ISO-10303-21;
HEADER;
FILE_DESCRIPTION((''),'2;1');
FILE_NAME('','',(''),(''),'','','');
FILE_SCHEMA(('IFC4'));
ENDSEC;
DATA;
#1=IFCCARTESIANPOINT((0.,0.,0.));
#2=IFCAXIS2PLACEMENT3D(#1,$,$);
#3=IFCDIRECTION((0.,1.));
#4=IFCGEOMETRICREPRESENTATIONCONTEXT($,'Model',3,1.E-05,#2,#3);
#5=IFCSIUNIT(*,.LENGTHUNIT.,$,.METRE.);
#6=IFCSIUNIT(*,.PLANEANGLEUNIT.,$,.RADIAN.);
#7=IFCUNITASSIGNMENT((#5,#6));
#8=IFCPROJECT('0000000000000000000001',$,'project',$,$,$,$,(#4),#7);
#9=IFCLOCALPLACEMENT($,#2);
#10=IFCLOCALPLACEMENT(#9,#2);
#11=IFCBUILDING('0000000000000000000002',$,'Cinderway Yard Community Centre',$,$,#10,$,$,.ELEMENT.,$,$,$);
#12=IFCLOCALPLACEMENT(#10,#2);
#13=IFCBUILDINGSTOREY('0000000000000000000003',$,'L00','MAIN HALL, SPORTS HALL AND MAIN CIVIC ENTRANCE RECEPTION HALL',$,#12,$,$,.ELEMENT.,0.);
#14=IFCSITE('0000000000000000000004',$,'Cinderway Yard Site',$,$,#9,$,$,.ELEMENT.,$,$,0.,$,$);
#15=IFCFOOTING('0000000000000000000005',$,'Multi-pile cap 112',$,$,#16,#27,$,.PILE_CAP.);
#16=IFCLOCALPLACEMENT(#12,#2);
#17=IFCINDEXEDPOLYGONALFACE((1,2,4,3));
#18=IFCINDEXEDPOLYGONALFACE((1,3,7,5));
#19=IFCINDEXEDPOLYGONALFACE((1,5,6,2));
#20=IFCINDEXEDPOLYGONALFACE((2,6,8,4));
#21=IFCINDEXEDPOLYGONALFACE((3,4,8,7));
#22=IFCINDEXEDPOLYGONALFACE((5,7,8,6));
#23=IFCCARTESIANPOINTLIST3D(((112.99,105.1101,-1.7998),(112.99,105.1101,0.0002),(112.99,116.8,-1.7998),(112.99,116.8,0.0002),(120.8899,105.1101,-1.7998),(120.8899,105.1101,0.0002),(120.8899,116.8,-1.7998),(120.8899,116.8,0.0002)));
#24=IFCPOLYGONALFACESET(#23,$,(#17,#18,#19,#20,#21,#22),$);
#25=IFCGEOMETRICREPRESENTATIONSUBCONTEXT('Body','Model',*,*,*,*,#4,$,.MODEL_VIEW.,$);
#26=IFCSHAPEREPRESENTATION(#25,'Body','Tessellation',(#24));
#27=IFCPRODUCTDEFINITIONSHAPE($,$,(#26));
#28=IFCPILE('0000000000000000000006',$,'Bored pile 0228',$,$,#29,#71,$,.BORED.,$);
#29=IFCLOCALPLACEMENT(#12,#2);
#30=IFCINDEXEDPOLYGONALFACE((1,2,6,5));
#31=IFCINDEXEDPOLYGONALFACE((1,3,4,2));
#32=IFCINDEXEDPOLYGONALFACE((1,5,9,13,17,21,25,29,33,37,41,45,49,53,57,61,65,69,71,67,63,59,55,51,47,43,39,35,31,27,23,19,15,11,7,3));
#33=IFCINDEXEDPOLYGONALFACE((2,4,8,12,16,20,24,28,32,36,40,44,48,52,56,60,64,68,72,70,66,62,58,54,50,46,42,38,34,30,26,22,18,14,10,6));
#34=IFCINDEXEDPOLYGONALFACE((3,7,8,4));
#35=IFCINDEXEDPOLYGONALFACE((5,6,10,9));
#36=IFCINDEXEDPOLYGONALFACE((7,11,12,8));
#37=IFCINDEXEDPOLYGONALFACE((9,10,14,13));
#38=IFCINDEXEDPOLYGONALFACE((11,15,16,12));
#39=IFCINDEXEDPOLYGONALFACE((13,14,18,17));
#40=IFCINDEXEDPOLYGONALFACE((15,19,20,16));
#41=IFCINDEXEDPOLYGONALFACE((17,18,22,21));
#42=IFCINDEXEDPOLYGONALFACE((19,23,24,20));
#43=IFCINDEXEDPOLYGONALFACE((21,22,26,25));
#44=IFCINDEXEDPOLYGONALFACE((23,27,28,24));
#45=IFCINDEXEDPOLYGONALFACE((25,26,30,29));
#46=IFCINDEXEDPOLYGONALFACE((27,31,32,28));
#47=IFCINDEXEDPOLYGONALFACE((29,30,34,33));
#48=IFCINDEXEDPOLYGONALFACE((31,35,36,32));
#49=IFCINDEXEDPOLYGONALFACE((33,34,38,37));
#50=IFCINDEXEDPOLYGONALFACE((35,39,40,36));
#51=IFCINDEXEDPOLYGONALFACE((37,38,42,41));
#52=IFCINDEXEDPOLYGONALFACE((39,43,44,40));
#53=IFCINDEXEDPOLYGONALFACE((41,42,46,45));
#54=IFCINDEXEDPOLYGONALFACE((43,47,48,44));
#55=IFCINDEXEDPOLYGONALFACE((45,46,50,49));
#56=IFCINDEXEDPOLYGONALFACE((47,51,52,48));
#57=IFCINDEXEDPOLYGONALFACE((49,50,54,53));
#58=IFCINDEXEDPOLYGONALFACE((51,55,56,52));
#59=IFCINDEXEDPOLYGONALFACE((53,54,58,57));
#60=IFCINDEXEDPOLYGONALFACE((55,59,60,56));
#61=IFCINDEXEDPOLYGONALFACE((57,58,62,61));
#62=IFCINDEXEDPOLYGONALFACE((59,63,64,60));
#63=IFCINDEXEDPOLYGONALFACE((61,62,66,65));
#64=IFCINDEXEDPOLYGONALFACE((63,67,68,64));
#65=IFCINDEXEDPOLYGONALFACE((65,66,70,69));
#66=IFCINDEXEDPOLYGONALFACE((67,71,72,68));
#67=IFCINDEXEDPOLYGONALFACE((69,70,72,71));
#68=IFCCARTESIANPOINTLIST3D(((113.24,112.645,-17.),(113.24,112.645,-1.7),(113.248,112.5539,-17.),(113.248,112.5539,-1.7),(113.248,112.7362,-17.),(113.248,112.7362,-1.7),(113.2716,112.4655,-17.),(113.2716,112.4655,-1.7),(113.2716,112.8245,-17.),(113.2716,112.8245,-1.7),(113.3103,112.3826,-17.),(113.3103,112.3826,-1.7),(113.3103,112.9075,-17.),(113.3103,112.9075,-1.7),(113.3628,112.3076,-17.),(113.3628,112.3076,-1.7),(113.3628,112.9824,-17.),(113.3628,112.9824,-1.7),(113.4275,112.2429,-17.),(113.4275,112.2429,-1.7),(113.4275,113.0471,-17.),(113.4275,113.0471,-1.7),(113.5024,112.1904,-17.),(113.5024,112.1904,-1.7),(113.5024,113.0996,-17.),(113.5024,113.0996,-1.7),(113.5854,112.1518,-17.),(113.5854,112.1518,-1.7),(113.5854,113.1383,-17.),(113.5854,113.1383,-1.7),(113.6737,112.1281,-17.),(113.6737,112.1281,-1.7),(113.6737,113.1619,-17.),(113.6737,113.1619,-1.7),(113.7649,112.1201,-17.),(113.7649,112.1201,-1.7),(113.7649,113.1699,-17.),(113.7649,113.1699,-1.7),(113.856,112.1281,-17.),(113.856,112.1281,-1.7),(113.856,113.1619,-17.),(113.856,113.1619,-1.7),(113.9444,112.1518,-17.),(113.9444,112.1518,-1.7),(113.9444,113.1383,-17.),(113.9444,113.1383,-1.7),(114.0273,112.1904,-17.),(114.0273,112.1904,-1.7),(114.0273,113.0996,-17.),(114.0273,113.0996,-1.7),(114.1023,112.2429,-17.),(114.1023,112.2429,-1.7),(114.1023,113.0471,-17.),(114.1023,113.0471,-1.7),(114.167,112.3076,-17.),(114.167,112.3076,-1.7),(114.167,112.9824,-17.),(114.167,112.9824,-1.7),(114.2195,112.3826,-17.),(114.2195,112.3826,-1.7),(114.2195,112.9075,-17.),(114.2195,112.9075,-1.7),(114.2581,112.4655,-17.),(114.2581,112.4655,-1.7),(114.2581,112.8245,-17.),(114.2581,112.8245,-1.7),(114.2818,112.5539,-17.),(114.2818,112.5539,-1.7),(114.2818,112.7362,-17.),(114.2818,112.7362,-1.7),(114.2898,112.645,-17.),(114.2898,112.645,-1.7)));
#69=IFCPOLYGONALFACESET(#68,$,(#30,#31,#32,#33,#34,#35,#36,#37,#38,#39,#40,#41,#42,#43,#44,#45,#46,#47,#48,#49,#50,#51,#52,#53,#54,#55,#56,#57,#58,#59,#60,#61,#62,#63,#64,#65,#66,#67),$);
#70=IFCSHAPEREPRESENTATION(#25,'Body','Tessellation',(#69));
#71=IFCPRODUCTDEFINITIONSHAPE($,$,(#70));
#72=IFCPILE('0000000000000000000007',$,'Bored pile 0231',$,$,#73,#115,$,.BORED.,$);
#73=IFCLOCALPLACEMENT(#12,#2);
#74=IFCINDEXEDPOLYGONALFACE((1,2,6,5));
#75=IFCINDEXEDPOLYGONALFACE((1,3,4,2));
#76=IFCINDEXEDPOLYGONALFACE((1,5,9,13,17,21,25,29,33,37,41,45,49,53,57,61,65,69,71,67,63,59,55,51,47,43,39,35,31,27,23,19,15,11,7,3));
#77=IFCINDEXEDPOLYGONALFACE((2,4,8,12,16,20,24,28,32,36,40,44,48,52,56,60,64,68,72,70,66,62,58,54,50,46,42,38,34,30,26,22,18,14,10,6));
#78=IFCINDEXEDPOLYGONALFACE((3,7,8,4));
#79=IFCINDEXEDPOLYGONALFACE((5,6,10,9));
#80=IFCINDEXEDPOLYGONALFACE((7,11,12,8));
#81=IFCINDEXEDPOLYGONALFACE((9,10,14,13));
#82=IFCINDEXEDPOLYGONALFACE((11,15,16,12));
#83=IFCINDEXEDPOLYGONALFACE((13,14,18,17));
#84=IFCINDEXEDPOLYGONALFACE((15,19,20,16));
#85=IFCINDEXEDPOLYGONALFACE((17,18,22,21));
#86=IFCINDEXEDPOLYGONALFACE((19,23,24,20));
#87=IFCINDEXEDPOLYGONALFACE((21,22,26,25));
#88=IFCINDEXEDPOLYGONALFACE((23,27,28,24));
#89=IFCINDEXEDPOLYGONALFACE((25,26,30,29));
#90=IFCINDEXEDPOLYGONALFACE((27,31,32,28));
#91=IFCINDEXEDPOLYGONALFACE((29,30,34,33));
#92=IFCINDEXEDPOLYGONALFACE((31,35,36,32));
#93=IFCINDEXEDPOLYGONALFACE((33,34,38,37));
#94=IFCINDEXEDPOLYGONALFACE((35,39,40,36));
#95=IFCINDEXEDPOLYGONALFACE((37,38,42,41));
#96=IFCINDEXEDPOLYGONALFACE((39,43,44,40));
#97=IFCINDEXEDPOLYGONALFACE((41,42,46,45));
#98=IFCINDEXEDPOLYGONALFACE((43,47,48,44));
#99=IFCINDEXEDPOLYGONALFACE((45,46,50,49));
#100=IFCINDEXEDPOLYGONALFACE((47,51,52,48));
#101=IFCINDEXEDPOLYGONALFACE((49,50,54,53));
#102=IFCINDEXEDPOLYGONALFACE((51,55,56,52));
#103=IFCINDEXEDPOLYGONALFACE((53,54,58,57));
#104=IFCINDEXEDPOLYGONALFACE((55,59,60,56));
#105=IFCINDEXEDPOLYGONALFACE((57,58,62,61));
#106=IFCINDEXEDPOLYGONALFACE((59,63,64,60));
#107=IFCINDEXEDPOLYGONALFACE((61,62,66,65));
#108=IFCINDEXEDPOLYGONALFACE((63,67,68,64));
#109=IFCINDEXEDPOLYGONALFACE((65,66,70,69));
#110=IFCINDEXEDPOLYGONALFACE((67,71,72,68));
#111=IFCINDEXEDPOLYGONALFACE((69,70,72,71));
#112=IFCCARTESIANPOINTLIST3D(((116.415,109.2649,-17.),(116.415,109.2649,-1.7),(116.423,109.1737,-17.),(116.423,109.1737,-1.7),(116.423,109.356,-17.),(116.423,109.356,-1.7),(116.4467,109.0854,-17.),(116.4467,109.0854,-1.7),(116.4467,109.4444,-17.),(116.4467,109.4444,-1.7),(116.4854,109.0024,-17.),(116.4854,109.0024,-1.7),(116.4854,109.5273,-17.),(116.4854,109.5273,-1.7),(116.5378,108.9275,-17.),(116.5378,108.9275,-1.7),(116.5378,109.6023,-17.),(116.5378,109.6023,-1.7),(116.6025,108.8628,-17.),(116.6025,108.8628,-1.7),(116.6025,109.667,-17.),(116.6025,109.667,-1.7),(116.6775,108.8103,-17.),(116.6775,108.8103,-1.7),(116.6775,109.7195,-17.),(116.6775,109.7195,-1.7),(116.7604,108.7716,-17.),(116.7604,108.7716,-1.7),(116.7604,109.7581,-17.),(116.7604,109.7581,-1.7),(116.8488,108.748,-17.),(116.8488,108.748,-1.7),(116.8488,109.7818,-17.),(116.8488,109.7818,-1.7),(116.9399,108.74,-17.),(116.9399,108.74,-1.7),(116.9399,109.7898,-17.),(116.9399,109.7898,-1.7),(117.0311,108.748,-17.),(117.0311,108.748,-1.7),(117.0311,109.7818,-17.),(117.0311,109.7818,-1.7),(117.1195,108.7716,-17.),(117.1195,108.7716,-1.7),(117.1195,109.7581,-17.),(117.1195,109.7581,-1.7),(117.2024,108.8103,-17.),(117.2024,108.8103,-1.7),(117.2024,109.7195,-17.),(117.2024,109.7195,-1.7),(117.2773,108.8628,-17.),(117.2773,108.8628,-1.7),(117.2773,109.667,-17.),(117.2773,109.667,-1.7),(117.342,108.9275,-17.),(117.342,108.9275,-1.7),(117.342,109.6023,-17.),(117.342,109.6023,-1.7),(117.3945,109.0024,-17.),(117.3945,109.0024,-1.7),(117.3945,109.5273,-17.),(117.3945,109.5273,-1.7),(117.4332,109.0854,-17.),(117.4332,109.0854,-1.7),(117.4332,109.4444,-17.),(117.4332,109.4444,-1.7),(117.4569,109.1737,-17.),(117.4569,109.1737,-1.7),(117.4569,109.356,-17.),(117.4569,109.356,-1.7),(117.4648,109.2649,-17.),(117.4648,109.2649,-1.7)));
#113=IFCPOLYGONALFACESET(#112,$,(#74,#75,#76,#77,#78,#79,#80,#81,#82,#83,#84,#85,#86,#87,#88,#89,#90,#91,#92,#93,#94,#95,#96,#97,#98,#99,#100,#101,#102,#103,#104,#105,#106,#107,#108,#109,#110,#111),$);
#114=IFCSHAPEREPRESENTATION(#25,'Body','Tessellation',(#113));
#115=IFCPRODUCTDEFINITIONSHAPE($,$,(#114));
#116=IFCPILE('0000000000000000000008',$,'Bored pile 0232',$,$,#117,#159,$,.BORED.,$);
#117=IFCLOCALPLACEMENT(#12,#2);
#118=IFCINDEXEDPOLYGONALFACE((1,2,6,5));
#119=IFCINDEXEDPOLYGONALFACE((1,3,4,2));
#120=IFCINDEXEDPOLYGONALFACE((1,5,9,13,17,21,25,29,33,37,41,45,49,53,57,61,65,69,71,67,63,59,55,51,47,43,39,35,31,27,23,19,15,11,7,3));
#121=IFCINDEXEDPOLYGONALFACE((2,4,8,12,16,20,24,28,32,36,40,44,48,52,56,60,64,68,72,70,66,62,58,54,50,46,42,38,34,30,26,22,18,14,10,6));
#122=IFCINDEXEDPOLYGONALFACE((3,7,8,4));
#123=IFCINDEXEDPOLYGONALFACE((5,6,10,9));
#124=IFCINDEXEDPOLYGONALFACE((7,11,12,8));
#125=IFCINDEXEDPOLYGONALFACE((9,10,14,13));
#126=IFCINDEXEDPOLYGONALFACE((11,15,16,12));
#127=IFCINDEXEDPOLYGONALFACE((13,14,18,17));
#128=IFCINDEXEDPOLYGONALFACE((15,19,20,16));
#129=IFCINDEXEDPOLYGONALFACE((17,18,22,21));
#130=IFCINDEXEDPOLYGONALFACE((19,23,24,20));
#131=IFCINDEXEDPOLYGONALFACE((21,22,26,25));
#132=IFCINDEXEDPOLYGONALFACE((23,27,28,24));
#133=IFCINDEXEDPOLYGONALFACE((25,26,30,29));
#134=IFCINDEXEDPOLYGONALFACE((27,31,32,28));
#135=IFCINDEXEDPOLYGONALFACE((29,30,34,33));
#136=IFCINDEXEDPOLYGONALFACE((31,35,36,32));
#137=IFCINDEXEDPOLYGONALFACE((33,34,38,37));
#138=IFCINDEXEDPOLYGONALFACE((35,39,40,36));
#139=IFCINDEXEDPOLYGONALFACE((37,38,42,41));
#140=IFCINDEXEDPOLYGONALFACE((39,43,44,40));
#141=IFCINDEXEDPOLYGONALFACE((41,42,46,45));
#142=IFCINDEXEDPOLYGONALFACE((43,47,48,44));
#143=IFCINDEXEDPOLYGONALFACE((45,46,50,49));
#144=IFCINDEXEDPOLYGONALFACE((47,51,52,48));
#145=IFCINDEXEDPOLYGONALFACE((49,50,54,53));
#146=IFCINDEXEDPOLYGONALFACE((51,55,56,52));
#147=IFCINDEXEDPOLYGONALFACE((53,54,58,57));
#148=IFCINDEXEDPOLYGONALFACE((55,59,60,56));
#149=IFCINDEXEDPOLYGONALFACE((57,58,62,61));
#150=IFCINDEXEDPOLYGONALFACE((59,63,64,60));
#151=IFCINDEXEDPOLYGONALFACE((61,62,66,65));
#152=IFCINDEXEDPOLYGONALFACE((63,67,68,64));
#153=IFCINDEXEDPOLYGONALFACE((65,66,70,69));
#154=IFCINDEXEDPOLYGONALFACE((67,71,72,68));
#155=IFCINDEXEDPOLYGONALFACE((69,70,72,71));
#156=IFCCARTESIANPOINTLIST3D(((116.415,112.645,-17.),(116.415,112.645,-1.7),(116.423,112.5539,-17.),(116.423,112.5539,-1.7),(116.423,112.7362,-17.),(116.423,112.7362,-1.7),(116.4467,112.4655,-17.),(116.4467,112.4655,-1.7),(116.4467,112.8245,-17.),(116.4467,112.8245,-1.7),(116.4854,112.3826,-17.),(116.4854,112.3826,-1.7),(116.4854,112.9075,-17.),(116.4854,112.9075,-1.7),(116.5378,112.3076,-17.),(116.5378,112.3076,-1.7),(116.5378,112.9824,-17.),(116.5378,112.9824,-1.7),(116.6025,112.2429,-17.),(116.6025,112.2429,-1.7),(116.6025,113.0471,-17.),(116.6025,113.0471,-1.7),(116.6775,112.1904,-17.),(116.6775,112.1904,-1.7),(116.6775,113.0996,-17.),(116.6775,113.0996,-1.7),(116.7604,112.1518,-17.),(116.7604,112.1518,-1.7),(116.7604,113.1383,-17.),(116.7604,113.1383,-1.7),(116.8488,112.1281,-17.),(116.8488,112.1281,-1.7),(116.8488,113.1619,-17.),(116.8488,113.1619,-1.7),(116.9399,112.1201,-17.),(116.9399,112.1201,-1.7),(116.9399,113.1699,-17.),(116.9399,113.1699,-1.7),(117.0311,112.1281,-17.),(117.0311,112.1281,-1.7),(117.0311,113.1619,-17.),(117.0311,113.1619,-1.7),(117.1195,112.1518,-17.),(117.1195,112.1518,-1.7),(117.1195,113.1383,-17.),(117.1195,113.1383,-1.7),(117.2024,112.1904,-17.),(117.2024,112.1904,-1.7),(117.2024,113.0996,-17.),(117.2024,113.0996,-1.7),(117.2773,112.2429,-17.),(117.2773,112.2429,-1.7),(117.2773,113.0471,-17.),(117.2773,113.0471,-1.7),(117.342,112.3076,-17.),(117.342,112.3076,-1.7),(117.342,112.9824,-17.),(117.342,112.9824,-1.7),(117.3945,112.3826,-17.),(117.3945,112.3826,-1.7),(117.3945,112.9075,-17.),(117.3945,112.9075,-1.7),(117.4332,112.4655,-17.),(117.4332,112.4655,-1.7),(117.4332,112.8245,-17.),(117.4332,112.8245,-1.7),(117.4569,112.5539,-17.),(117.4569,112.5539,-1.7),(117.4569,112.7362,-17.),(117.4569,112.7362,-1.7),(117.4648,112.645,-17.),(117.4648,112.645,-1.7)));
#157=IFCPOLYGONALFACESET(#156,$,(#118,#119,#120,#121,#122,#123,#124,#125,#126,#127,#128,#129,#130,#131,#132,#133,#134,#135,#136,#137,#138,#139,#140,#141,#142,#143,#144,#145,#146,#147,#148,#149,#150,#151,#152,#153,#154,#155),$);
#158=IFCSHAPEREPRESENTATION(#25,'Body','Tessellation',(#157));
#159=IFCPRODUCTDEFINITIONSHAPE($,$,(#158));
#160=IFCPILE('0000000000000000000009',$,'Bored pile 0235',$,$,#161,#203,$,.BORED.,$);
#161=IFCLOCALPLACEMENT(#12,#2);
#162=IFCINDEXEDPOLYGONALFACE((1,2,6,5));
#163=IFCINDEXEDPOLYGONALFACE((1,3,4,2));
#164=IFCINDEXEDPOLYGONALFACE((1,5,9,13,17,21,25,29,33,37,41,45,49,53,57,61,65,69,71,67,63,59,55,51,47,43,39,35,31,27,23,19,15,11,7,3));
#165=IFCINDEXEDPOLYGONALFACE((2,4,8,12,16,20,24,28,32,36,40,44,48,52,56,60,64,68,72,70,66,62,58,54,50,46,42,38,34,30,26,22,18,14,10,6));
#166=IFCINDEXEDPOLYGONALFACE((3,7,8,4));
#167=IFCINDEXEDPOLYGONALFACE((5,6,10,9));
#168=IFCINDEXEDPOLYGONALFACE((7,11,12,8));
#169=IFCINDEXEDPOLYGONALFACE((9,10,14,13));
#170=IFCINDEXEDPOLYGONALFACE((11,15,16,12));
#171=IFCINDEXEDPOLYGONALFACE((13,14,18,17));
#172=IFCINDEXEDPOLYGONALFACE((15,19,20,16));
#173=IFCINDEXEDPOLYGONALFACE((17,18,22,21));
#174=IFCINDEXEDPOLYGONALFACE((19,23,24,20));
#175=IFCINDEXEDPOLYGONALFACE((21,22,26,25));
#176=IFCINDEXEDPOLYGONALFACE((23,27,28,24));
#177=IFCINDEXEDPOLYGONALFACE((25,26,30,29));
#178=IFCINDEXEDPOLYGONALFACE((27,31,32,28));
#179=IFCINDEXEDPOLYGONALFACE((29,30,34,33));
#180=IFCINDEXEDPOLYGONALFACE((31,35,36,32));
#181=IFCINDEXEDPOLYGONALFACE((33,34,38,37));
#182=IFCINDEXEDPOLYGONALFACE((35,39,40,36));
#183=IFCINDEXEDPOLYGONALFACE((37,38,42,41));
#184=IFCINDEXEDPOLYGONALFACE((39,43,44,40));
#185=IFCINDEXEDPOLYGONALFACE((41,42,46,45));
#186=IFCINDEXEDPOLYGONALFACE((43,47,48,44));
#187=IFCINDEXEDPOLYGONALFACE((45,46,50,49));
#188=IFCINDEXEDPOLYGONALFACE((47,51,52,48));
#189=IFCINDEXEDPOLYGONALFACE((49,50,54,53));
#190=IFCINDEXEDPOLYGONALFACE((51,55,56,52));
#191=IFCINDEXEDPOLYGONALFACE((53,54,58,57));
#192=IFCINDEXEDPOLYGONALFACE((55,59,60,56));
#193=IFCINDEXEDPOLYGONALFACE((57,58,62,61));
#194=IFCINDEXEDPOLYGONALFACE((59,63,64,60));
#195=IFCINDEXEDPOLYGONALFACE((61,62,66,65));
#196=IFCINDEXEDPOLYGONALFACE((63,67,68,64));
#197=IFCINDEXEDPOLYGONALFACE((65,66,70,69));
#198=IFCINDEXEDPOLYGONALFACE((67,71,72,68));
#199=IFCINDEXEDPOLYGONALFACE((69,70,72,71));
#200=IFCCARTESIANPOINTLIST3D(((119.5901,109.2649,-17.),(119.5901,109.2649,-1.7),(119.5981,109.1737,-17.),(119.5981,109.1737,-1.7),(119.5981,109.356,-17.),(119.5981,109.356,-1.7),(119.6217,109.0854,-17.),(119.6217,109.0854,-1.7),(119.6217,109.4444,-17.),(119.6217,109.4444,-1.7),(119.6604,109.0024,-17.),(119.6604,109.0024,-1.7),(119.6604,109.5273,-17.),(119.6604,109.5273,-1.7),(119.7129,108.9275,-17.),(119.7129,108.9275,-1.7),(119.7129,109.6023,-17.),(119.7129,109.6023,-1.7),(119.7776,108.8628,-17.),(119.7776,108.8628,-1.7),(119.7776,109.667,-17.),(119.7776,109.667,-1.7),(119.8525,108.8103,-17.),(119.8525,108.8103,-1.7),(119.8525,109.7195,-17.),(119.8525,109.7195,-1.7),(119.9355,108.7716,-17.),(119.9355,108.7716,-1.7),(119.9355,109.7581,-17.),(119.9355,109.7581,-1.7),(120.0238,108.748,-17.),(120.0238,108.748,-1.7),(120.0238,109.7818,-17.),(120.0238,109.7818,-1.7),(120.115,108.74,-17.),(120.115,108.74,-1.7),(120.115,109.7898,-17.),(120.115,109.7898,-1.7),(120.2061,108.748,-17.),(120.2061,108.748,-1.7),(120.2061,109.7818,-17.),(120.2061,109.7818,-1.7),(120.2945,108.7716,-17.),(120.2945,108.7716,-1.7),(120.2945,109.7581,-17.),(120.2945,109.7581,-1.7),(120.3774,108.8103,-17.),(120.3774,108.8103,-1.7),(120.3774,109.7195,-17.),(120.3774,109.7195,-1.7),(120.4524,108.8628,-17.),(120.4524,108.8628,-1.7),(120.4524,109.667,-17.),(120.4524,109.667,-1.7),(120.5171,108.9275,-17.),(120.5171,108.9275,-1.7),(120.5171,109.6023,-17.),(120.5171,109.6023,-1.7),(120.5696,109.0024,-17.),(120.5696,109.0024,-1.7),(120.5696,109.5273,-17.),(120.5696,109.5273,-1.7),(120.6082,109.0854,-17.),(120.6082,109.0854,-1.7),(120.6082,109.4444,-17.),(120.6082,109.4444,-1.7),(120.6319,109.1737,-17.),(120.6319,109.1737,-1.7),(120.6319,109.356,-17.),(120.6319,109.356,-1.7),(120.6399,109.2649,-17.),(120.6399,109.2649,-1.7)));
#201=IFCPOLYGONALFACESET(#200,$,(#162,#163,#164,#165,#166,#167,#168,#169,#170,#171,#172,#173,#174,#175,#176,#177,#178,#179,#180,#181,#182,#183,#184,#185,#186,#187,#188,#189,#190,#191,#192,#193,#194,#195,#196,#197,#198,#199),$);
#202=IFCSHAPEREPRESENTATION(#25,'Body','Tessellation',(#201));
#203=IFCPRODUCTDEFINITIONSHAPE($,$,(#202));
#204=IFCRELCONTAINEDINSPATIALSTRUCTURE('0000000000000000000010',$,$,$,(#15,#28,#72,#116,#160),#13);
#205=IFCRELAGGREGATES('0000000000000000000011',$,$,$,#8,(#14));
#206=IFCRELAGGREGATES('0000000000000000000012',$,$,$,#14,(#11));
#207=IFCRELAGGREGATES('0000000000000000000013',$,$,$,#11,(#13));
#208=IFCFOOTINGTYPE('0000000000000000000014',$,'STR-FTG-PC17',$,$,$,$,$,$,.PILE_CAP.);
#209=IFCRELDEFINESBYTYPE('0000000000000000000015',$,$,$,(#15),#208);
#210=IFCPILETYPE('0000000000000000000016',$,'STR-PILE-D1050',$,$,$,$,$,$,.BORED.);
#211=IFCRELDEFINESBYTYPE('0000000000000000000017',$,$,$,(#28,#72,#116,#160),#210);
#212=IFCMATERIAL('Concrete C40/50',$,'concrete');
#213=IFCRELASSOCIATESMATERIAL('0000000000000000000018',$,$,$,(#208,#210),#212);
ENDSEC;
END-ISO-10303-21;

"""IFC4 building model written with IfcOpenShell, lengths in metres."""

from ifc_helpers import new_model, si_unit, direction, frame, origin, origin_2d, place, context, subcontext, project, spatial, rectangle, circle, extrude, material, material_profile, profile_set, type_object, element, save


model = new_model("IFC4")

# Units and contexts
model_context = context("Model", 3, precision=1e-05, world=origin(), true_north=direction((0.0, 1.0)))
body_context = subcontext(model_context, "Body", "Model", "MODEL_VIEW")
ifc_project = project(units=[si_unit("LENGTHUNIT", "METRE"), si_unit("PLANEANGLEUNIT", "RADIAN")], contexts=[model_context])

# Site, building, storey
site_placement = place(None, origin())
site = spatial("IfcSite", under=ifc_project, at=site_placement, Name="Cinderway Yard Site", CompositionType="ELEMENT", RefElevation=0.0)
building_placement = place(site_placement, origin())
building = spatial("IfcBuilding", under=site, at=building_placement, Name="Cinderway Yard Community Centre", CompositionType="ELEMENT")
storey_placement = place(building_placement, origin())
storey = spatial("IfcBuildingStorey", under=building, at=storey_placement, Name="L00", Description="MAIN HALL, SPORTS HALL AND MAIN CIVIC ENTRANCE RECEPTION HALL", CompositionType="ELEMENT", Elevation=0.0)

# Footing
ifc_material_1 = material(Name="Concrete C40/50", Category="concrete")
footing_type = type_object("IfcFootingType", Name="STR-FTG-PC17", PredefinedType="PILE_CAP", material=ifc_material_1)
footing_placement = place(storey_placement, frame((116.9399, 110.9551, -1.7998), z_axis=(0.0, 0.0, 1.0), x_axis=(1.0, 0.0, 0.0)))
element("IfcFooting", 1, at=footing_placement, inside=storey, type_object=footing_type, Name="Multi-pile cap 112", PredefinedType="PILE_CAP", context=body_context, shape_type="SweptSolid", body=[
    extrude(rectangle(XDim=7.8999, YDim=11.6899, at=origin_2d()), origin(), (0.0, 0.0, 1.0), 1.8),
])

# Piles
ifc_material_profile_1 = material_profile(ifc_material_1, circle(Radius=0.5249, at=origin_2d()), Name="Concrete C40/50")
ifc_profile_set_1 = profile_set([ifc_material_profile_1], Name="Concrete C40/50")
pile_type = type_object("IfcPileType", Name="STR-PILE-D1050", PredefinedType="BORED", material=ifc_profile_set_1)
for number, where, z_axis, x_axis, name in (
    (2, (113.7649, 112.645, -1.7), (0.0, 0.0, -1.0), (1.0, 0.0, 0.0), "Bored pile 0228"),
    (3, (116.9399, 109.2649, -1.7), (0.0, 0.0, -1.0), (1.0, 0.0, 0.0), "Bored pile 0231"),
    (4, (116.9399, 112.645, -1.7), (0.0, 0.0, -1.0), (1.0, 0.0, 0.0), "Bored pile 0232"),
    (5, (120.115, 109.2649, -1.7), (0.0, 0.0, -1.0), (1.0, 0.0, 0.0), "Bored pile 0235"),
):
    element("IfcPile", number, at=place(storey_placement, frame(where, z_axis=z_axis, x_axis=x_axis)), inside=storey, type_object=pile_type, Name=name, PredefinedType="BORED", context=body_context, shape_type="SweptSolid", body=[
        extrude(circle(Radius=0.5249, at=origin_2d()), origin(), (0.0, 0.0, 1.0), 15.3),
    ])

save(model, "model.ifc")
